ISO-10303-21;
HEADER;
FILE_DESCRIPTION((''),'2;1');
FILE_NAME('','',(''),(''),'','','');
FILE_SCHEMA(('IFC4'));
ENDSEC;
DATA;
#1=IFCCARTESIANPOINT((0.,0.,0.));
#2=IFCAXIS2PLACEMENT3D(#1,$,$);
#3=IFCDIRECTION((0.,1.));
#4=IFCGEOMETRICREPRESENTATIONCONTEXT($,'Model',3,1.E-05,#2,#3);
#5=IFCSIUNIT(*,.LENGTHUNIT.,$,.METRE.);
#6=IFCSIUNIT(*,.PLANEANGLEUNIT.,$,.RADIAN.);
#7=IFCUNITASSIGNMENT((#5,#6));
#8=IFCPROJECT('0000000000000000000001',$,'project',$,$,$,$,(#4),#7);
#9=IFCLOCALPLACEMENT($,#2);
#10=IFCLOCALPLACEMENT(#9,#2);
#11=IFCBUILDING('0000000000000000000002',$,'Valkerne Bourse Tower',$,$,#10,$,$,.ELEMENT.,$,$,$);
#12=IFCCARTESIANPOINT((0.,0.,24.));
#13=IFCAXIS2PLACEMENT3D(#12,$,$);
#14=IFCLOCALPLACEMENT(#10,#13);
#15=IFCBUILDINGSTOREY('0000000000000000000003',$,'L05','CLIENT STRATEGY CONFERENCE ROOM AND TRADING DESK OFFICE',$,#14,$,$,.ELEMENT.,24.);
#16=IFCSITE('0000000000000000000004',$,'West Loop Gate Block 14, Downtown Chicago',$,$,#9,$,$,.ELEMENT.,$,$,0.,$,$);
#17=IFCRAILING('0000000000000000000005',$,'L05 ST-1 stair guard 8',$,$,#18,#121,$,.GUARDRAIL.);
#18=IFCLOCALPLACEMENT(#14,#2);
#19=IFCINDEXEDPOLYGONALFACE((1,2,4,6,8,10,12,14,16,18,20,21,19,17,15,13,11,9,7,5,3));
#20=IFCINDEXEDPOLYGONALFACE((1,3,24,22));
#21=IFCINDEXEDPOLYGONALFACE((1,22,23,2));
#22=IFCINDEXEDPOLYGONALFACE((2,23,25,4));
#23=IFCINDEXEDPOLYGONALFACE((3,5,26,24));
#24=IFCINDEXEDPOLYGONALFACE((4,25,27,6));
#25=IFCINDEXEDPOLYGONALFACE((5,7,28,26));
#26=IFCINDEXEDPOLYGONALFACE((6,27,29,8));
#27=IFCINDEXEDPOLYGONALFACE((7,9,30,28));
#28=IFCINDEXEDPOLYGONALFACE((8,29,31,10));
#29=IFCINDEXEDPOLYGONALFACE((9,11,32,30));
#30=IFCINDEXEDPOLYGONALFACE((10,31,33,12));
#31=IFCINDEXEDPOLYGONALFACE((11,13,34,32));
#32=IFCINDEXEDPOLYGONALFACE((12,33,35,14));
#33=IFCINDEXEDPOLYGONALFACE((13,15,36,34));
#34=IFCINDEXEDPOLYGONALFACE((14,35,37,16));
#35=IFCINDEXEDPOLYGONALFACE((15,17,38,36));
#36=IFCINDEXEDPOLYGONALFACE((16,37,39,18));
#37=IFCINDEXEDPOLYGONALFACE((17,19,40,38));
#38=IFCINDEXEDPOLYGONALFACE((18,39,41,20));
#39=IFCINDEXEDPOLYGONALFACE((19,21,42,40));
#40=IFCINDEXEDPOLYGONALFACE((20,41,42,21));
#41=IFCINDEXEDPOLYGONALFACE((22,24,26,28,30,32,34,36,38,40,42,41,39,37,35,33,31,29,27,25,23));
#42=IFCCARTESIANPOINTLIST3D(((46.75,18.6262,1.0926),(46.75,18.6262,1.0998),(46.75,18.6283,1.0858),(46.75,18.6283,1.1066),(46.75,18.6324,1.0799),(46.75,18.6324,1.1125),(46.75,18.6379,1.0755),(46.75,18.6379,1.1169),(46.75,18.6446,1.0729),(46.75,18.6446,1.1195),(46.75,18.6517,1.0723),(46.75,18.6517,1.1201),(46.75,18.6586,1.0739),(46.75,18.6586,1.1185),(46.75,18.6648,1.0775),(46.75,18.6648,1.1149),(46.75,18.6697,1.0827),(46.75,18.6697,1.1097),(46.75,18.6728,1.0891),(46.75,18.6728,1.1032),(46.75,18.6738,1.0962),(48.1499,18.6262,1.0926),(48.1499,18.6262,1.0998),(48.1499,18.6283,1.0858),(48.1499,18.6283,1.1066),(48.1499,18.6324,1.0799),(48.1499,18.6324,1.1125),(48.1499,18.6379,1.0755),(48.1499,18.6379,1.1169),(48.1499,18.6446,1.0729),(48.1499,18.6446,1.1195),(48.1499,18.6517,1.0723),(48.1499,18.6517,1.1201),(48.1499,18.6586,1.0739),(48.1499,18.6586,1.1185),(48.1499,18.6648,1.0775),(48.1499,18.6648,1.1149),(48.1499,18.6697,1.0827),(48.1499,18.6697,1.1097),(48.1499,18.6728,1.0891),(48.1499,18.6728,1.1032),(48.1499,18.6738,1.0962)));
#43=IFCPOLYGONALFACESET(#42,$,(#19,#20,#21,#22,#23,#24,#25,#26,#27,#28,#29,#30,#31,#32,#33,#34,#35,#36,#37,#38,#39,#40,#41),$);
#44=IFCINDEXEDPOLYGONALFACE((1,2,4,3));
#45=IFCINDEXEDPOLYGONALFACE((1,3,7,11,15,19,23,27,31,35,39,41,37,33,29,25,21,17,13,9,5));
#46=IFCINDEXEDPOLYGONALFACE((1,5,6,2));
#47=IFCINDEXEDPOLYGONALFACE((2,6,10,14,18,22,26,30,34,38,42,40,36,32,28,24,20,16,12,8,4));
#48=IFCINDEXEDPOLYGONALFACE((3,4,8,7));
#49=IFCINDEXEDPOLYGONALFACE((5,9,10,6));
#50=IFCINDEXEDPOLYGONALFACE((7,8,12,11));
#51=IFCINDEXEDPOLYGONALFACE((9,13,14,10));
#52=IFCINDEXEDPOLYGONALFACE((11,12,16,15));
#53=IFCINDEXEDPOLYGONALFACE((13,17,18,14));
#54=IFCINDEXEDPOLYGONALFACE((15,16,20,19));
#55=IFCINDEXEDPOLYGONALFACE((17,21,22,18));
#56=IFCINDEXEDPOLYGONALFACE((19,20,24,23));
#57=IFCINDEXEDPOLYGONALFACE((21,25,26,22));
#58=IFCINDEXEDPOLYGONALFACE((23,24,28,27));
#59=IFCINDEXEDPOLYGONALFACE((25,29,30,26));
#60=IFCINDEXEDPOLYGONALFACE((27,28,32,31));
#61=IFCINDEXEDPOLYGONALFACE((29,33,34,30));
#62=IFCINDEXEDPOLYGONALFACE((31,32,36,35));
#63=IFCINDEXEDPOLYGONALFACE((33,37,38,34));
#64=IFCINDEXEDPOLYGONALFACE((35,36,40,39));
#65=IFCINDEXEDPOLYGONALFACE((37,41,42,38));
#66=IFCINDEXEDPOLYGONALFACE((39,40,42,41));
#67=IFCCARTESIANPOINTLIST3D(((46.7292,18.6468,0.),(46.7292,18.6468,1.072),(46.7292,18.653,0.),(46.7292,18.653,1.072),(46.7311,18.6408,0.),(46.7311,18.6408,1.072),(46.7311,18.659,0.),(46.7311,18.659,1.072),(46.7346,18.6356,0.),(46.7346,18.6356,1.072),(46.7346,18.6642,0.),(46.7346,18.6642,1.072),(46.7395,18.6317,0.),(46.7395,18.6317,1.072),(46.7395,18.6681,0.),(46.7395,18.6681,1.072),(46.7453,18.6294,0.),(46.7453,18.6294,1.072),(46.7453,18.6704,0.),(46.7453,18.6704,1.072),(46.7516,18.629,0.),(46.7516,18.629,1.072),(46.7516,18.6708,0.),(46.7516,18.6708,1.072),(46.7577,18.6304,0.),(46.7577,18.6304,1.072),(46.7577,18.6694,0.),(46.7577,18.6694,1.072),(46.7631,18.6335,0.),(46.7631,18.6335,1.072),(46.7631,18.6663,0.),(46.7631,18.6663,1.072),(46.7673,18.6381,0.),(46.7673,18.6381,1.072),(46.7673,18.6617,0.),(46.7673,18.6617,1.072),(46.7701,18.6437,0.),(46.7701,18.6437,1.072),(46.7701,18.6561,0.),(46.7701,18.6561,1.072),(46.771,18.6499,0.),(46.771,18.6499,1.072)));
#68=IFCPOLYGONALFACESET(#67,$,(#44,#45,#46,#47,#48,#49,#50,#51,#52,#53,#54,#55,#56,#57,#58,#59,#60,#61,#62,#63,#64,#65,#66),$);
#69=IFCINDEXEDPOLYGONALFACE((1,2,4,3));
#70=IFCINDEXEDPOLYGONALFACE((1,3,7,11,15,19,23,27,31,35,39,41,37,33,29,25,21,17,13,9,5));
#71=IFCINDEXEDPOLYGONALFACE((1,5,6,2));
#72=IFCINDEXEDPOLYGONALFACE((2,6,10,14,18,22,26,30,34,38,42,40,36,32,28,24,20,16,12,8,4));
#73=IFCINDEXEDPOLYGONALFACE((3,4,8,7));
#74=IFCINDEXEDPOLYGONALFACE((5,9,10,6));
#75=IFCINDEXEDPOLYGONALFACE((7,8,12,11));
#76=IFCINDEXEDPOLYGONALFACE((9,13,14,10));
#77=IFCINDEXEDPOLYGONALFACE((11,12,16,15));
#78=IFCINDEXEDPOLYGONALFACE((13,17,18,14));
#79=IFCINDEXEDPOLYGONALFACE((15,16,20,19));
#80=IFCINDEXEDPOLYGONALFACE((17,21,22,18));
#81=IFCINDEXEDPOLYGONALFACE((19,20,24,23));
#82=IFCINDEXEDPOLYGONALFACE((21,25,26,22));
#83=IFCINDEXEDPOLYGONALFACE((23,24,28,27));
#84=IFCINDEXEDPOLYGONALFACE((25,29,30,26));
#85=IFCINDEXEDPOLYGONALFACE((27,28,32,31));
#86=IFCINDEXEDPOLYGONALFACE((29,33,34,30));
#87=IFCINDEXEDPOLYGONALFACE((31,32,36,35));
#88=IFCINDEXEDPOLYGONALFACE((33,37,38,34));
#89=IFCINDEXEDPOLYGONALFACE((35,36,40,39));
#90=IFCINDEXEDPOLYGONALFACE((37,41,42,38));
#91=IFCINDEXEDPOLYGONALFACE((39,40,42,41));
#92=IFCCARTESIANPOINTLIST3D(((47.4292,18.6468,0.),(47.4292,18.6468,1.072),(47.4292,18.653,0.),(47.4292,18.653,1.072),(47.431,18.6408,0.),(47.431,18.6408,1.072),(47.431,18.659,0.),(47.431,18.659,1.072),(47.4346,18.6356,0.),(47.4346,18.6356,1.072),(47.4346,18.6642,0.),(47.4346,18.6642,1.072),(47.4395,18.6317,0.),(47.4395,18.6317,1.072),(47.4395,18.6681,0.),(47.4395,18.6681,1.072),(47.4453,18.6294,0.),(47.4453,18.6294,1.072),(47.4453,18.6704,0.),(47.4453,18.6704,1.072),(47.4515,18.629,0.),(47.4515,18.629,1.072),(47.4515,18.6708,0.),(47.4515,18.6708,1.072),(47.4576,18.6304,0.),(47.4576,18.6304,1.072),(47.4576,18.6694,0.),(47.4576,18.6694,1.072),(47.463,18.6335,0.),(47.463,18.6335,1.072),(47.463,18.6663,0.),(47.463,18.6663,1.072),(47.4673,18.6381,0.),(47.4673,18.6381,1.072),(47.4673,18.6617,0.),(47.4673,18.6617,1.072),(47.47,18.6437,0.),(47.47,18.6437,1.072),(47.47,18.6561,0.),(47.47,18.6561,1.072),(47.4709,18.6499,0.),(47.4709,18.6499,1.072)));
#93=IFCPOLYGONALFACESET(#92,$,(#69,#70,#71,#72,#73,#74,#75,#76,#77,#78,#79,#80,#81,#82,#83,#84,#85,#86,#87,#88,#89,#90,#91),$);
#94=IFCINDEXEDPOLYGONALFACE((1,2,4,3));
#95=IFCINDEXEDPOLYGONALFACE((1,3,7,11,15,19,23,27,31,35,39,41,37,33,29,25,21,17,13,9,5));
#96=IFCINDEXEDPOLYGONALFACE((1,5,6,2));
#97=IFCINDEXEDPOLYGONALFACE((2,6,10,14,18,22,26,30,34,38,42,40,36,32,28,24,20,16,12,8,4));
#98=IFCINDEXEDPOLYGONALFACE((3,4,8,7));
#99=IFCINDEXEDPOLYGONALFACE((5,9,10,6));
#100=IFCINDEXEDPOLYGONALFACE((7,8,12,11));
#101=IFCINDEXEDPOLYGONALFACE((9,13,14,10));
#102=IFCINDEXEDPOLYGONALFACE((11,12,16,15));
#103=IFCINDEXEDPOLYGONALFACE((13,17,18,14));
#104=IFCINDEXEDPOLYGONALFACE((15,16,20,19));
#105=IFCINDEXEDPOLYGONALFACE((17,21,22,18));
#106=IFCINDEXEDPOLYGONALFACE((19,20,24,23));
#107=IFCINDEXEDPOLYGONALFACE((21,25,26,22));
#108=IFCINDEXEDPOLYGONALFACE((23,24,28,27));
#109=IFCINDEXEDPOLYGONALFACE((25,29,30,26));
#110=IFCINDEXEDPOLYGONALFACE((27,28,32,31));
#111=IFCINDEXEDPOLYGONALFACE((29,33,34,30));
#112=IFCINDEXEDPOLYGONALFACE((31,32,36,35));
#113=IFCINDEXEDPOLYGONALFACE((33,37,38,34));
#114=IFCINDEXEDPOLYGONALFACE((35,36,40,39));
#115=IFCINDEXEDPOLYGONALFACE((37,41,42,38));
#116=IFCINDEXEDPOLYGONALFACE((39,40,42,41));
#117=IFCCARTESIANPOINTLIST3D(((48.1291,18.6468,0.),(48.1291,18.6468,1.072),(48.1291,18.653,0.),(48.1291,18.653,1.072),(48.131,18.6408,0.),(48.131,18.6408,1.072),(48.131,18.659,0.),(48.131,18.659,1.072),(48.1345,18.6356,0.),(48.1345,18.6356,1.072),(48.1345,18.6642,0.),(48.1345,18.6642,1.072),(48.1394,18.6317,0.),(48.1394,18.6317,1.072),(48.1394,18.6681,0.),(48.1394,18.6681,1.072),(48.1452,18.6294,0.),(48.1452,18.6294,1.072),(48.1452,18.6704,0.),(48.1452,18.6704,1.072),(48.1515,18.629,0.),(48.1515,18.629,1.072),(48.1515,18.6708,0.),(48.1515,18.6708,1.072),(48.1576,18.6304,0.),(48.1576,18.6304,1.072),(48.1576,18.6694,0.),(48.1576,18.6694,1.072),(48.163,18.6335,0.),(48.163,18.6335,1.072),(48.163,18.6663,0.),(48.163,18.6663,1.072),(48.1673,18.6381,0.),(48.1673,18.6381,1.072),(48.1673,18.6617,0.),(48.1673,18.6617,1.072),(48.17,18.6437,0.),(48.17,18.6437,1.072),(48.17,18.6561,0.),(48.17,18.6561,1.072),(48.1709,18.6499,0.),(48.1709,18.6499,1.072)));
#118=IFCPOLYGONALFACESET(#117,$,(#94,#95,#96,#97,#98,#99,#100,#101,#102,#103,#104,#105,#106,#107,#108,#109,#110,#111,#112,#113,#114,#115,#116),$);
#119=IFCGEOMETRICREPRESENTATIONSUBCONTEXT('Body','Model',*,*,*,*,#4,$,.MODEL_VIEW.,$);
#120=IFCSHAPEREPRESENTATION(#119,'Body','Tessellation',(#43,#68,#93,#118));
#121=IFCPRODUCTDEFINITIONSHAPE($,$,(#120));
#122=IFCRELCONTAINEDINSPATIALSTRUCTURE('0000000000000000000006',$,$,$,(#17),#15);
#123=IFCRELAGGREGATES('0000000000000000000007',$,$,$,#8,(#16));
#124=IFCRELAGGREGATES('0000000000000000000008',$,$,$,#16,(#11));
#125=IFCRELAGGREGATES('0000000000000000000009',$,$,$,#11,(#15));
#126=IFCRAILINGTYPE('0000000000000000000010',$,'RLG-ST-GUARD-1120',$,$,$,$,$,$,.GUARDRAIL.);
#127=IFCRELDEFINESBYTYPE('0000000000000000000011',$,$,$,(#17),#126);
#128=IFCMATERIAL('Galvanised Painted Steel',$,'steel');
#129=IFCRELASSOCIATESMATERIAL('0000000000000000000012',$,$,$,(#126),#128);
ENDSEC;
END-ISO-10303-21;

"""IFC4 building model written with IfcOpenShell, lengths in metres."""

from ifc_helpers import new_model, si_unit, direction, frame, origin, origin_2d, place, context, subcontext, project, spatial, circle, extrude, material, type_object, element, save


model = new_model("IFC4")

# Units and contexts
model_context = context("Model", 3, precision=1e-05, world=origin(), true_north=direction((0.0, 1.0)))
body_context = subcontext(model_context, "Body", "Model", "MODEL_VIEW")
ifc_project = project(units=[si_unit("LENGTHUNIT", "METRE"), si_unit("PLANEANGLEUNIT", "RADIAN")], contexts=[model_context])

# Site, building, storey
site_placement = place(None, origin())
site = spatial("IfcSite", under=ifc_project, at=site_placement, Name="West Loop Gate Block 14, Downtown Chicago", CompositionType="ELEMENT", RefElevation=0.0)
building_placement = place(site_placement, origin())
building = spatial("IfcBuilding", under=site, at=building_placement, Name="Valkerne Bourse Tower", CompositionType="ELEMENT")
storey_placement = place(building_placement, frame((0.0, 0.0, 24.0)))
storey = spatial("IfcBuildingStorey", under=building, at=storey_placement, Name="L05", Description="CLIENT STRATEGY CONFERENCE ROOM AND TRADING DESK OFFICE", CompositionType="ELEMENT", Elevation=24.0)

# Shared definitions
ifc_material_1 = material(Name="Galvanised Painted Steel", Category="steel")

# Railing
railing_type_1 = type_object("IfcRailingType", Name="RLG-ST-GUARD-1120", PredefinedType="GUARDRAIL", material=ifc_material_1)
railing_1_placement = place(storey_placement, frame((46.75, 18.6499, 0.0)))
element("IfcRailing", 1, at=railing_1_placement, inside=storey, type_object=railing_type_1, Name="L05 ST-1 stair guard 8", PredefinedType="GUARDRAIL", context=body_context, shape_type="SweptSolid", body=[
    extrude(circle(Radius=0.0239, at=origin_2d()), frame((0.0, 0.0, 1.0962), z_axis=(1.0, 0.0, 0.0), x_axis=(0.0, 1.0, 0.0)), (0.0, 0.0, 1.0), 1.3999),
    extrude(circle(Radius=0.021, at=origin_2d()), origin(), (0.0, 0.0, 1.0), 1.072),
    extrude(circle(Radius=0.021, at=origin_2d()), frame((0.7, 0.0, 0.0)), (0.0, 0.0, 1.0), 1.072),
    extrude(circle(Radius=0.021, at=origin_2d()), frame((1.3999, 0.0, 0.0)), (0.0, 0.0, 1.0), 1.072),
])

save(model, "model.ifc")
